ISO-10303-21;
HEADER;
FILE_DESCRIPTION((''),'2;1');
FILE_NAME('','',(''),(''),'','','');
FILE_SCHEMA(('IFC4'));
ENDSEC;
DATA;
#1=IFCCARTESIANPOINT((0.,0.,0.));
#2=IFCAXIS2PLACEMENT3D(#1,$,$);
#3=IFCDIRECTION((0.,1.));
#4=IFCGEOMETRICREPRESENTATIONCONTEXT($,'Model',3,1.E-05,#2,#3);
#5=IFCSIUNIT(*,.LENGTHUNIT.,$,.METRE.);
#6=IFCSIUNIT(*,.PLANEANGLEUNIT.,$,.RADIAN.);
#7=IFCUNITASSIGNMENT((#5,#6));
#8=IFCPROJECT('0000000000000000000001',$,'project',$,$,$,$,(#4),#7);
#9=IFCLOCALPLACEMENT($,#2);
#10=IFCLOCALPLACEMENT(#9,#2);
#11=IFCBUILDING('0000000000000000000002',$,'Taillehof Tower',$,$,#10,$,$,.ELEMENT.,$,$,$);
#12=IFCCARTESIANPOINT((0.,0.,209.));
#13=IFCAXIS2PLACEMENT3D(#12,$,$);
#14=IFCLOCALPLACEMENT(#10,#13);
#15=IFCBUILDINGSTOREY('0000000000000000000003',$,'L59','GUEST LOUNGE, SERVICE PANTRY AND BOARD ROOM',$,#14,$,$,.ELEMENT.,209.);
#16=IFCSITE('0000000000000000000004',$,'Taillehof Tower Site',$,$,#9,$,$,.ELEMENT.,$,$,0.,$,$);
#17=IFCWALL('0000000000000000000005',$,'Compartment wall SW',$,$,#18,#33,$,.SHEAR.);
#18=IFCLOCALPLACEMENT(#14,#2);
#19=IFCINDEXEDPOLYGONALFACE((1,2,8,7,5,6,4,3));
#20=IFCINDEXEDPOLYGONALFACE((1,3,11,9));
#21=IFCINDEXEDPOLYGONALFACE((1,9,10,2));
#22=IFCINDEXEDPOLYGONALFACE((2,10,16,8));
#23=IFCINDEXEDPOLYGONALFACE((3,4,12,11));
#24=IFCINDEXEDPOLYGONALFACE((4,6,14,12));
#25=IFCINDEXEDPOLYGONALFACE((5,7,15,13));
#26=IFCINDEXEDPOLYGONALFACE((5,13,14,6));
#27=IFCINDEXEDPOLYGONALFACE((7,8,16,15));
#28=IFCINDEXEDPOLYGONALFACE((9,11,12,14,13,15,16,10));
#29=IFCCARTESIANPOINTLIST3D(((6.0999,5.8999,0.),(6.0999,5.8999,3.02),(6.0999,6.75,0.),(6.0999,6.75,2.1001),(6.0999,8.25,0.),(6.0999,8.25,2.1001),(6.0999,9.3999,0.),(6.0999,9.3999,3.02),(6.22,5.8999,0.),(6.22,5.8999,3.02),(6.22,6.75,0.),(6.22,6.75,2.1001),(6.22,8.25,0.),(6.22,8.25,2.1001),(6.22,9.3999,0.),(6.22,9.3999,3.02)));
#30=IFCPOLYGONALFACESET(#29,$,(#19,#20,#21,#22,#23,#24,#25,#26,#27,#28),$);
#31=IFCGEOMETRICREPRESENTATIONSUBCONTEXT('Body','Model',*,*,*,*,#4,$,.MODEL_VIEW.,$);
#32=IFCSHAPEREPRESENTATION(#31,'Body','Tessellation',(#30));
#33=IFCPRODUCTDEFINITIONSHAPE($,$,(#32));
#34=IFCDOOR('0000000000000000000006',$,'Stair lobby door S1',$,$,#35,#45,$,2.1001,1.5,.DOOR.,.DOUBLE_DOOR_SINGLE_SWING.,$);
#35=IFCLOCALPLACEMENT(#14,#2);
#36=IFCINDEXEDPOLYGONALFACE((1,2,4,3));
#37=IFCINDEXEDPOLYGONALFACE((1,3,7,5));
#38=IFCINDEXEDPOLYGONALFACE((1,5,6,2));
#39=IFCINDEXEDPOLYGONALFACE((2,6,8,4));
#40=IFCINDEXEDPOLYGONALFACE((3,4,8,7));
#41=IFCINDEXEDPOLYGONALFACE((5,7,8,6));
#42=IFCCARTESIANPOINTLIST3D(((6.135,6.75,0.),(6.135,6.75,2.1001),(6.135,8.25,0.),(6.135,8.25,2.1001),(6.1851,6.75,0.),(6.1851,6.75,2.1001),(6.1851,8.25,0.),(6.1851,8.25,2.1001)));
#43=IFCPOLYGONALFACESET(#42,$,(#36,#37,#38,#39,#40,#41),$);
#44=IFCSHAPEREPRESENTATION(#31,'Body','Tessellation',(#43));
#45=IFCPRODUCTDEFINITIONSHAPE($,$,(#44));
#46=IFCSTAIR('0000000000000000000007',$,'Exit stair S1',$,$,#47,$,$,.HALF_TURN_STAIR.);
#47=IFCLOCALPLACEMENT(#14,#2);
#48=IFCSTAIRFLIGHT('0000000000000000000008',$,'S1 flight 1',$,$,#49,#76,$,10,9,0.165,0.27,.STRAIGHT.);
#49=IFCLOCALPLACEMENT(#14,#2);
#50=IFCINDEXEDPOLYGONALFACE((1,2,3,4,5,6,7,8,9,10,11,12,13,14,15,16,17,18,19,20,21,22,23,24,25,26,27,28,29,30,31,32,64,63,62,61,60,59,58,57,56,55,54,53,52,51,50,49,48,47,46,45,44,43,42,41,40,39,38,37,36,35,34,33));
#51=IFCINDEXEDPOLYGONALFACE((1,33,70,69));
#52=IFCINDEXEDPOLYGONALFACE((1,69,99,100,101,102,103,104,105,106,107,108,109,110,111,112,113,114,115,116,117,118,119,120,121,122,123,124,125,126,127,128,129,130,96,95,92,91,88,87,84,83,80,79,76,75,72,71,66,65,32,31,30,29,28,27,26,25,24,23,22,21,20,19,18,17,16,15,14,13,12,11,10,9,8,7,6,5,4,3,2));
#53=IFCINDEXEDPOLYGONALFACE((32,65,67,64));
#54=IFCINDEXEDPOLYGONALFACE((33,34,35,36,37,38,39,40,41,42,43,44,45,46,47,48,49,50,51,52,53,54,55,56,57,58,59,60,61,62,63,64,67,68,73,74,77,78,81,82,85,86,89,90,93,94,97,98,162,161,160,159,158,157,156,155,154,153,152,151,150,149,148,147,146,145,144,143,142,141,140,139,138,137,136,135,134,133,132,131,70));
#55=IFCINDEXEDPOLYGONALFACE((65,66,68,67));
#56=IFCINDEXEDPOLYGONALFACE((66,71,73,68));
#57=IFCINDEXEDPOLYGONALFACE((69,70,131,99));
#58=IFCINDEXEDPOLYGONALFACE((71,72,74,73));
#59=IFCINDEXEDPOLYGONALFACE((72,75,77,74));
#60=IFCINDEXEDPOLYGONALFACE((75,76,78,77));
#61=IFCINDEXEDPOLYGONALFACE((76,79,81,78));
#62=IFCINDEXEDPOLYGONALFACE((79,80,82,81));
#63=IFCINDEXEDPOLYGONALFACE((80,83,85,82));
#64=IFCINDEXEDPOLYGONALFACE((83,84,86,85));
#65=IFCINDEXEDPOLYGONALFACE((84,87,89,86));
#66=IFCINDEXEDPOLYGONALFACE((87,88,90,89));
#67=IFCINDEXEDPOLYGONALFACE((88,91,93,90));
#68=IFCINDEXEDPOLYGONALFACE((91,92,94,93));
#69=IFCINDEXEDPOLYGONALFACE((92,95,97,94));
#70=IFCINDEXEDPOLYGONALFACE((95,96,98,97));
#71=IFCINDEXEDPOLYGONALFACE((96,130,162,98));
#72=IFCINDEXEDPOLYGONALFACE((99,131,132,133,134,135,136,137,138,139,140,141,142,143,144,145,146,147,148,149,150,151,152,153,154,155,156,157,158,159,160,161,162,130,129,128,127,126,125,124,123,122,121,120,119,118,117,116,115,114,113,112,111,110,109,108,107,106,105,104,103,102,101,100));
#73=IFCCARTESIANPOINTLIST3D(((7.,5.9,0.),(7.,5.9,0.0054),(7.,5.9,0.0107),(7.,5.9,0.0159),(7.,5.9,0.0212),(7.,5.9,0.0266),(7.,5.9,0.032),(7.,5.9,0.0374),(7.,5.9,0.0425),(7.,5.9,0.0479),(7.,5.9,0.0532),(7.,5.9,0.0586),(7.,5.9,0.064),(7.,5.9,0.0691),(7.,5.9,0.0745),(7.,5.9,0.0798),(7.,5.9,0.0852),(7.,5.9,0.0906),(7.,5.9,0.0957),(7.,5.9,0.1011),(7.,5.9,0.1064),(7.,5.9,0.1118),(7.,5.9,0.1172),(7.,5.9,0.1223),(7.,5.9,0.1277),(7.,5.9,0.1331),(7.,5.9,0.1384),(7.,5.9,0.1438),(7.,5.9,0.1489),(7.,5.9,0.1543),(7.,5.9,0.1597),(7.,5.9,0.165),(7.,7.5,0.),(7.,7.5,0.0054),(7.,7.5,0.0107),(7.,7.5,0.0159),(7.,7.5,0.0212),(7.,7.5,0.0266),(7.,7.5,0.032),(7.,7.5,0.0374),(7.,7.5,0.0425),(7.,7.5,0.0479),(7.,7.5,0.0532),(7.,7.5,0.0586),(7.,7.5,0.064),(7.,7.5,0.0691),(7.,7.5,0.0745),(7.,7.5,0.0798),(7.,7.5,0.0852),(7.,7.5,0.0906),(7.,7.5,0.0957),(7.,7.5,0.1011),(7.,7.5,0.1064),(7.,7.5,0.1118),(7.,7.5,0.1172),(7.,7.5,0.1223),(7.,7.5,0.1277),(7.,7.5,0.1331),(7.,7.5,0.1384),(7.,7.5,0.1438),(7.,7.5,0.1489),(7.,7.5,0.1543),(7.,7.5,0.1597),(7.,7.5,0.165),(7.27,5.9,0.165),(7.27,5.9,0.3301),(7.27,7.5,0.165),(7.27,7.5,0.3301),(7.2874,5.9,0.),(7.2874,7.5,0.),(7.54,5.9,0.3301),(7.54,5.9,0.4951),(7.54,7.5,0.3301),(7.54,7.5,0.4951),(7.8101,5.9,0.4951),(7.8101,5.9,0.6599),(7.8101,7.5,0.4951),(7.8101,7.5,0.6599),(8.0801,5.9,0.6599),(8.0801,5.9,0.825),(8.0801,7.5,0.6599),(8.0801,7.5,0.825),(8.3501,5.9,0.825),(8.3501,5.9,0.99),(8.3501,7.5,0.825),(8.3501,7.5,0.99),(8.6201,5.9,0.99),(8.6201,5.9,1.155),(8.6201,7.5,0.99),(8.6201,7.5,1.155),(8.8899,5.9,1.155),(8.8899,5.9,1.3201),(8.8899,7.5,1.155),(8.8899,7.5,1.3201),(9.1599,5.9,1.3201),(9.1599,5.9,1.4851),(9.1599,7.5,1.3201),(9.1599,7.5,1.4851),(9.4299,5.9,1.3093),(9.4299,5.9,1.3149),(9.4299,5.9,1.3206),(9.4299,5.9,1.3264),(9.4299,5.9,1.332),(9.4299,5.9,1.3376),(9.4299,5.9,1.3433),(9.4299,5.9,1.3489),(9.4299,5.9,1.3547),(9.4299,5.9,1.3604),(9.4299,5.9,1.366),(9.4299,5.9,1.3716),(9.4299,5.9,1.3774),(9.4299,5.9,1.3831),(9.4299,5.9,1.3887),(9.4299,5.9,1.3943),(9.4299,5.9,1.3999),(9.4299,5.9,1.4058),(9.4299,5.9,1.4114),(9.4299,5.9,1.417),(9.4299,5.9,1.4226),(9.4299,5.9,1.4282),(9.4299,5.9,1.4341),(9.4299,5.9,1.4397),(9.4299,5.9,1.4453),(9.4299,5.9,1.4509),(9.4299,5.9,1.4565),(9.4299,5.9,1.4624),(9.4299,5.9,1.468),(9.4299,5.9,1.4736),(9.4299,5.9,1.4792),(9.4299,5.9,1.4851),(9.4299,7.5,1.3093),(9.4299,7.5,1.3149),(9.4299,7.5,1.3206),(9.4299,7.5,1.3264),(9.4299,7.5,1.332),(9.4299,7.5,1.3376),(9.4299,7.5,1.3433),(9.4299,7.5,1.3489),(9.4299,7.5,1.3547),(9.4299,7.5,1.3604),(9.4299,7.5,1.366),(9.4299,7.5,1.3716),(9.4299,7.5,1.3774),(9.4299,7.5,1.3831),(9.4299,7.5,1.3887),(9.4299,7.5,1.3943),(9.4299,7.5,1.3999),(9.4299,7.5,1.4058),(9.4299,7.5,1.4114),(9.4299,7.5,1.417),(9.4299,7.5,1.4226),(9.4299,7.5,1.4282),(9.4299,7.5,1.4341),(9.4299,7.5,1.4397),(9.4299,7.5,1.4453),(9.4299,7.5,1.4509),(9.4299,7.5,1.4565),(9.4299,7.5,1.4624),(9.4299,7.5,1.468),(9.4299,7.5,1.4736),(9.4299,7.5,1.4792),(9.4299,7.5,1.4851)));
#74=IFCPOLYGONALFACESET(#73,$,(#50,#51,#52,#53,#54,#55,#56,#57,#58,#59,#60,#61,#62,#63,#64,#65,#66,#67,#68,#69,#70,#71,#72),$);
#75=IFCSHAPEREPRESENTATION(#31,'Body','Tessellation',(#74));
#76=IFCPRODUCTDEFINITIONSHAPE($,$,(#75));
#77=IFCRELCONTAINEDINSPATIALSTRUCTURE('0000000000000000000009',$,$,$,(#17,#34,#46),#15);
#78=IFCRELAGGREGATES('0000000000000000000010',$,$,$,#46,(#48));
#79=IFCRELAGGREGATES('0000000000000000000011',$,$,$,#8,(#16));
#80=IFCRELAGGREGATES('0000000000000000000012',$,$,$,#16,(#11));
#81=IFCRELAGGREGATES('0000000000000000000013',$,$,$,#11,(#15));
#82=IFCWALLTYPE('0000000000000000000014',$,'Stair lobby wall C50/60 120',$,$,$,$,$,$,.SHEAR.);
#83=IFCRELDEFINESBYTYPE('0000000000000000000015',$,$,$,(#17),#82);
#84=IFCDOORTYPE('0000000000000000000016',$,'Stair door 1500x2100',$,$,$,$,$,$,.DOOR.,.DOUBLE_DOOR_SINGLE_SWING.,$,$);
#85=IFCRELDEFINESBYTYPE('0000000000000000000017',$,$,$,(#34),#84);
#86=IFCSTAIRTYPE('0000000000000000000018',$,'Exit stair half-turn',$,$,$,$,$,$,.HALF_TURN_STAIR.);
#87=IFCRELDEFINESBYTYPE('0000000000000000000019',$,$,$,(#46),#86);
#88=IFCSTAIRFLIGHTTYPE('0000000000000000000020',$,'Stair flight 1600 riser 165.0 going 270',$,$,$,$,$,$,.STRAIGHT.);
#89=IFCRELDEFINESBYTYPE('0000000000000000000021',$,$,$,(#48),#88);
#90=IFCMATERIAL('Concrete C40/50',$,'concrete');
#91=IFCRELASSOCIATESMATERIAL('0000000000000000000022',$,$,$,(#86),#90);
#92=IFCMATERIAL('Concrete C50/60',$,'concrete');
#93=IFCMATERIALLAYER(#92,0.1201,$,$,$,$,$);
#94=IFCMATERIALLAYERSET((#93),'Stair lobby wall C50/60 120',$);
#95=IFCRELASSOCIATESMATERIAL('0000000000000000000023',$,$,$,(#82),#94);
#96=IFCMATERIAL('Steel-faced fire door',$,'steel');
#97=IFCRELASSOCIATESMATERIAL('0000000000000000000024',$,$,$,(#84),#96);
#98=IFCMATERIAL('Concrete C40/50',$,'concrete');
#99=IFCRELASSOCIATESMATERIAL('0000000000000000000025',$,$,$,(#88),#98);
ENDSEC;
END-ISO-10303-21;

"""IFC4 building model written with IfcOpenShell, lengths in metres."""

from ifc_helpers import new_model, si_unit, direction, frame, frame_2d, origin, place, context, subcontext, project, spatial, polyline, rectangle, outline, extrude, material, layer, layer_set, type_object, element, fill, aggregate, save


model = new_model("IFC4")

# Units and contexts
model_context = context("Model", 3, precision=1e-05, world=origin(), true_north=direction((0.0, 1.0)))
body_context = subcontext(model_context, "Body", "Model", "MODEL_VIEW")
ifc_project = project(units=[si_unit("LENGTHUNIT", "METRE"), si_unit("PLANEANGLEUNIT", "RADIAN")], contexts=[model_context])

# Site, building, storey
site_placement = place(None, origin())
site = spatial("IfcSite", under=ifc_project, at=site_placement, Name="Taillehof Tower Site", CompositionType="ELEMENT", RefElevation=0.0)
building_placement = place(site_placement, origin())
building = spatial("IfcBuilding", under=site, at=building_placement, Name="Taillehof Tower", CompositionType="ELEMENT")
storey_placement = place(building_placement, frame((0.0, 0.0, 209.0)))
storey = spatial("IfcBuildingStorey", under=building, at=storey_placement, Name="L59", Description="GUEST LOUNGE, SERVICE PANTRY AND BOARD ROOM", CompositionType="ELEMENT", Elevation=209.0)

# Shared definitions
ifc_material_1 = material(Name="Concrete C40/50", Category="concrete")
stair_type = type_object("IfcStairType", Name="Exit stair half-turn", PredefinedType="HALF_TURN_STAIR", material=ifc_material_1)

# Wall, opening, door
ifc_material_2 = material(Name="Concrete C50/60", Category="concrete")
ifc_layer_1 = layer(ifc_material_2, 0.1201)
ifc_layer_set_1 = layer_set([ifc_layer_1], Name="Stair lobby wall C50/60 120")
wall_type_1 = type_object("IfcWallType", Name="Stair lobby wall C50/60 120", PredefinedType="SHEAR", material=ifc_layer_set_1)
wall_1_placement = place(storey_placement, frame((6.1599, 5.8999, 0.0), z_axis=(0.0, 0.0, 1.0), x_axis=(0.0, 1.0, 0.0)))
wall_1 = element("IfcWall", 1, at=wall_1_placement, inside=storey, type_object=wall_type_1, Name="Compartment wall SW", PredefinedType="SHEAR", context=body_context, shape_type="SweptSolid", body=[
    extrude(rectangle(XDim=3.5, YDim=0.1201, at=frame_2d((1.75, 0.0))), origin(), (0.0, 0.0, 1.0), 3.02),
])
opening_1_placement = place(wall_1_placement, frame((0.8501, 0.0, 0.0)))
opening_1 = element("IfcOpeningElement", 2, at=opening_1_placement, cuts=wall_1, PredefinedType="OPENING", context=body_context, shape_type="SweptSolid", body=[
    extrude(rectangle(XDim=1.5, YDim=2.1001, at=frame_2d((0.75, 1.05))), frame((0.0, 0.0701, 0.0), z_axis=(0.0, -1.0, 0.0), x_axis=(1.0, 0.0, 0.0)), (0.0, 0.0, 1.0), 0.1401),
])
ifc_material_3 = material(Name="Steel-faced fire door", Category="steel")
door_type_1 = type_object("IfcDoorType", Name="Stair door 1500x2100", OperationType="DOUBLE_DOOR_SINGLE_SWING", PredefinedType="DOOR", material=ifc_material_3)
door_1_placement = place(opening_1_placement, origin())
door_1 = element("IfcDoor", 3, at=door_1_placement, inside=storey, type_object=door_type_1, Name="Stair lobby door S1", OperationType="DOUBLE_DOOR_SINGLE_SWING", OverallHeight=2.1001, OverallWidth=1.5, PredefinedType="DOOR", context=body_context, shape_type="SweptSolid", body=[
    extrude(rectangle(XDim=1.5, YDim=2.1001, at=frame_2d((0.75, 1.05))), frame((0.0, 0.0249, 0.0), z_axis=(0.0, -1.0, 0.0), x_axis=(1.0, 0.0, 0.0)), (0.0, 0.0, 1.0), 0.05),
])
fill(opening_1, door_1)

# Stair, stair flight
stair_1_placement = place(storey_placement, origin())
stair_1 = element("IfcStair", 4, at=stair_1_placement, inside=storey, type_object=stair_type, Name="Exit stair S1", PredefinedType="HALF_TURN_STAIR")
ifc_material_4 = material(Name="Concrete C40/50", Category="concrete")
stair_flight_type = type_object("IfcStairFlightType", Name="Stair flight 1600 riser 165.0 going 270", PredefinedType="STRAIGHT", material=ifc_material_4)
stair_flight_placement = place(storey_placement, frame((7.0, 6.7, 0.0), z_axis=(0.0, 0.0, 1.0), x_axis=(1.0, 0.0, 0.0)))
stair_flight = element("IfcStairFlight", 5, at=stair_flight_placement, type_object=stair_flight_type, Name="S1 flight 1", NumberOfRisers=10, NumberOfTreads=9, PredefinedType="STRAIGHT", RiserHeight=0.165, TreadLength=0.27, context=body_context, shape_type="SweptSolid", body=[
    extrude(outline(polyline([(0.0, 0.0), (0.0, 0.0054), (0.0, 0.0107), (0.0, 0.0159), (0.0, 0.0212), (0.0, 0.0266), (0.0, 0.032), (0.0, 0.0374), (0.0, 0.0425), (0.0, 0.0479), (0.0, 0.0532), (0.0, 0.0586), (0.0, 0.064), (0.0, 0.0691), (0.0, 0.0745), (0.0, 0.0798), (0.0, 0.0852), (0.0, 0.0906), (0.0, 0.0957), (0.0, 0.1011), (0.0, 0.1064), (0.0, 0.1118), (0.0, 0.1172), (0.0, 0.1223), (0.0, 0.1277), (0.0, 0.1331), (0.0, 0.1384), (0.0, 0.1438), (0.0, 0.1489), (0.0, 0.1543), (0.0, 0.1597), (0.0, 0.165), (0.27, 0.165), (0.27, 0.3301), (0.54, 0.3301), (0.54, 0.4951), (0.8101, 0.4951), (0.8101, 0.6599), (1.0801, 0.6599), (1.0801, 0.825), (1.3501, 0.825), (1.3501, 0.99), (1.6201, 0.99), (1.6201, 1.155), (1.8899, 1.155), (1.8899, 1.3201), (2.1599, 1.3201), (2.1599, 1.4851), (2.4299, 1.4851), (2.4299, 1.4792), (2.4299, 1.4736), (2.4299, 1.468), (2.4299, 1.4624), (2.4299, 1.4565), (2.4299, 1.4509), (2.4299, 1.4453), (2.4299, 1.4397), (2.4299, 1.4341), (2.4299, 1.4282), (2.4299, 1.4226), (2.4299, 1.417), (2.4299, 1.4114), (2.4299, 1.4058), (2.4299, 1.3999), (2.4299, 1.3943), (2.4299, 1.3887), (2.4299, 1.3831), (2.4299, 1.3774), (2.4299, 1.3716), (2.4299, 1.366), (2.4299, 1.3604), (2.4299, 1.3547), (2.4299, 1.3489), (2.4299, 1.3433), (2.4299, 1.3376), (2.4299, 1.332), (2.4299, 1.3264), (2.4299, 1.3206), (2.4299, 1.3149), (2.4299, 1.3093), (0.2874, 0.0), (0.0, 0.0)])), frame((0.0, 0.8, 0.0), z_axis=(0.0, -1.0, 0.0), x_axis=(1.0, 0.0, 0.0)), (0.0, 0.0, 1.0), 1.6),
])
aggregate(stair_1, [stair_flight])

save(model, "model.ifc")
